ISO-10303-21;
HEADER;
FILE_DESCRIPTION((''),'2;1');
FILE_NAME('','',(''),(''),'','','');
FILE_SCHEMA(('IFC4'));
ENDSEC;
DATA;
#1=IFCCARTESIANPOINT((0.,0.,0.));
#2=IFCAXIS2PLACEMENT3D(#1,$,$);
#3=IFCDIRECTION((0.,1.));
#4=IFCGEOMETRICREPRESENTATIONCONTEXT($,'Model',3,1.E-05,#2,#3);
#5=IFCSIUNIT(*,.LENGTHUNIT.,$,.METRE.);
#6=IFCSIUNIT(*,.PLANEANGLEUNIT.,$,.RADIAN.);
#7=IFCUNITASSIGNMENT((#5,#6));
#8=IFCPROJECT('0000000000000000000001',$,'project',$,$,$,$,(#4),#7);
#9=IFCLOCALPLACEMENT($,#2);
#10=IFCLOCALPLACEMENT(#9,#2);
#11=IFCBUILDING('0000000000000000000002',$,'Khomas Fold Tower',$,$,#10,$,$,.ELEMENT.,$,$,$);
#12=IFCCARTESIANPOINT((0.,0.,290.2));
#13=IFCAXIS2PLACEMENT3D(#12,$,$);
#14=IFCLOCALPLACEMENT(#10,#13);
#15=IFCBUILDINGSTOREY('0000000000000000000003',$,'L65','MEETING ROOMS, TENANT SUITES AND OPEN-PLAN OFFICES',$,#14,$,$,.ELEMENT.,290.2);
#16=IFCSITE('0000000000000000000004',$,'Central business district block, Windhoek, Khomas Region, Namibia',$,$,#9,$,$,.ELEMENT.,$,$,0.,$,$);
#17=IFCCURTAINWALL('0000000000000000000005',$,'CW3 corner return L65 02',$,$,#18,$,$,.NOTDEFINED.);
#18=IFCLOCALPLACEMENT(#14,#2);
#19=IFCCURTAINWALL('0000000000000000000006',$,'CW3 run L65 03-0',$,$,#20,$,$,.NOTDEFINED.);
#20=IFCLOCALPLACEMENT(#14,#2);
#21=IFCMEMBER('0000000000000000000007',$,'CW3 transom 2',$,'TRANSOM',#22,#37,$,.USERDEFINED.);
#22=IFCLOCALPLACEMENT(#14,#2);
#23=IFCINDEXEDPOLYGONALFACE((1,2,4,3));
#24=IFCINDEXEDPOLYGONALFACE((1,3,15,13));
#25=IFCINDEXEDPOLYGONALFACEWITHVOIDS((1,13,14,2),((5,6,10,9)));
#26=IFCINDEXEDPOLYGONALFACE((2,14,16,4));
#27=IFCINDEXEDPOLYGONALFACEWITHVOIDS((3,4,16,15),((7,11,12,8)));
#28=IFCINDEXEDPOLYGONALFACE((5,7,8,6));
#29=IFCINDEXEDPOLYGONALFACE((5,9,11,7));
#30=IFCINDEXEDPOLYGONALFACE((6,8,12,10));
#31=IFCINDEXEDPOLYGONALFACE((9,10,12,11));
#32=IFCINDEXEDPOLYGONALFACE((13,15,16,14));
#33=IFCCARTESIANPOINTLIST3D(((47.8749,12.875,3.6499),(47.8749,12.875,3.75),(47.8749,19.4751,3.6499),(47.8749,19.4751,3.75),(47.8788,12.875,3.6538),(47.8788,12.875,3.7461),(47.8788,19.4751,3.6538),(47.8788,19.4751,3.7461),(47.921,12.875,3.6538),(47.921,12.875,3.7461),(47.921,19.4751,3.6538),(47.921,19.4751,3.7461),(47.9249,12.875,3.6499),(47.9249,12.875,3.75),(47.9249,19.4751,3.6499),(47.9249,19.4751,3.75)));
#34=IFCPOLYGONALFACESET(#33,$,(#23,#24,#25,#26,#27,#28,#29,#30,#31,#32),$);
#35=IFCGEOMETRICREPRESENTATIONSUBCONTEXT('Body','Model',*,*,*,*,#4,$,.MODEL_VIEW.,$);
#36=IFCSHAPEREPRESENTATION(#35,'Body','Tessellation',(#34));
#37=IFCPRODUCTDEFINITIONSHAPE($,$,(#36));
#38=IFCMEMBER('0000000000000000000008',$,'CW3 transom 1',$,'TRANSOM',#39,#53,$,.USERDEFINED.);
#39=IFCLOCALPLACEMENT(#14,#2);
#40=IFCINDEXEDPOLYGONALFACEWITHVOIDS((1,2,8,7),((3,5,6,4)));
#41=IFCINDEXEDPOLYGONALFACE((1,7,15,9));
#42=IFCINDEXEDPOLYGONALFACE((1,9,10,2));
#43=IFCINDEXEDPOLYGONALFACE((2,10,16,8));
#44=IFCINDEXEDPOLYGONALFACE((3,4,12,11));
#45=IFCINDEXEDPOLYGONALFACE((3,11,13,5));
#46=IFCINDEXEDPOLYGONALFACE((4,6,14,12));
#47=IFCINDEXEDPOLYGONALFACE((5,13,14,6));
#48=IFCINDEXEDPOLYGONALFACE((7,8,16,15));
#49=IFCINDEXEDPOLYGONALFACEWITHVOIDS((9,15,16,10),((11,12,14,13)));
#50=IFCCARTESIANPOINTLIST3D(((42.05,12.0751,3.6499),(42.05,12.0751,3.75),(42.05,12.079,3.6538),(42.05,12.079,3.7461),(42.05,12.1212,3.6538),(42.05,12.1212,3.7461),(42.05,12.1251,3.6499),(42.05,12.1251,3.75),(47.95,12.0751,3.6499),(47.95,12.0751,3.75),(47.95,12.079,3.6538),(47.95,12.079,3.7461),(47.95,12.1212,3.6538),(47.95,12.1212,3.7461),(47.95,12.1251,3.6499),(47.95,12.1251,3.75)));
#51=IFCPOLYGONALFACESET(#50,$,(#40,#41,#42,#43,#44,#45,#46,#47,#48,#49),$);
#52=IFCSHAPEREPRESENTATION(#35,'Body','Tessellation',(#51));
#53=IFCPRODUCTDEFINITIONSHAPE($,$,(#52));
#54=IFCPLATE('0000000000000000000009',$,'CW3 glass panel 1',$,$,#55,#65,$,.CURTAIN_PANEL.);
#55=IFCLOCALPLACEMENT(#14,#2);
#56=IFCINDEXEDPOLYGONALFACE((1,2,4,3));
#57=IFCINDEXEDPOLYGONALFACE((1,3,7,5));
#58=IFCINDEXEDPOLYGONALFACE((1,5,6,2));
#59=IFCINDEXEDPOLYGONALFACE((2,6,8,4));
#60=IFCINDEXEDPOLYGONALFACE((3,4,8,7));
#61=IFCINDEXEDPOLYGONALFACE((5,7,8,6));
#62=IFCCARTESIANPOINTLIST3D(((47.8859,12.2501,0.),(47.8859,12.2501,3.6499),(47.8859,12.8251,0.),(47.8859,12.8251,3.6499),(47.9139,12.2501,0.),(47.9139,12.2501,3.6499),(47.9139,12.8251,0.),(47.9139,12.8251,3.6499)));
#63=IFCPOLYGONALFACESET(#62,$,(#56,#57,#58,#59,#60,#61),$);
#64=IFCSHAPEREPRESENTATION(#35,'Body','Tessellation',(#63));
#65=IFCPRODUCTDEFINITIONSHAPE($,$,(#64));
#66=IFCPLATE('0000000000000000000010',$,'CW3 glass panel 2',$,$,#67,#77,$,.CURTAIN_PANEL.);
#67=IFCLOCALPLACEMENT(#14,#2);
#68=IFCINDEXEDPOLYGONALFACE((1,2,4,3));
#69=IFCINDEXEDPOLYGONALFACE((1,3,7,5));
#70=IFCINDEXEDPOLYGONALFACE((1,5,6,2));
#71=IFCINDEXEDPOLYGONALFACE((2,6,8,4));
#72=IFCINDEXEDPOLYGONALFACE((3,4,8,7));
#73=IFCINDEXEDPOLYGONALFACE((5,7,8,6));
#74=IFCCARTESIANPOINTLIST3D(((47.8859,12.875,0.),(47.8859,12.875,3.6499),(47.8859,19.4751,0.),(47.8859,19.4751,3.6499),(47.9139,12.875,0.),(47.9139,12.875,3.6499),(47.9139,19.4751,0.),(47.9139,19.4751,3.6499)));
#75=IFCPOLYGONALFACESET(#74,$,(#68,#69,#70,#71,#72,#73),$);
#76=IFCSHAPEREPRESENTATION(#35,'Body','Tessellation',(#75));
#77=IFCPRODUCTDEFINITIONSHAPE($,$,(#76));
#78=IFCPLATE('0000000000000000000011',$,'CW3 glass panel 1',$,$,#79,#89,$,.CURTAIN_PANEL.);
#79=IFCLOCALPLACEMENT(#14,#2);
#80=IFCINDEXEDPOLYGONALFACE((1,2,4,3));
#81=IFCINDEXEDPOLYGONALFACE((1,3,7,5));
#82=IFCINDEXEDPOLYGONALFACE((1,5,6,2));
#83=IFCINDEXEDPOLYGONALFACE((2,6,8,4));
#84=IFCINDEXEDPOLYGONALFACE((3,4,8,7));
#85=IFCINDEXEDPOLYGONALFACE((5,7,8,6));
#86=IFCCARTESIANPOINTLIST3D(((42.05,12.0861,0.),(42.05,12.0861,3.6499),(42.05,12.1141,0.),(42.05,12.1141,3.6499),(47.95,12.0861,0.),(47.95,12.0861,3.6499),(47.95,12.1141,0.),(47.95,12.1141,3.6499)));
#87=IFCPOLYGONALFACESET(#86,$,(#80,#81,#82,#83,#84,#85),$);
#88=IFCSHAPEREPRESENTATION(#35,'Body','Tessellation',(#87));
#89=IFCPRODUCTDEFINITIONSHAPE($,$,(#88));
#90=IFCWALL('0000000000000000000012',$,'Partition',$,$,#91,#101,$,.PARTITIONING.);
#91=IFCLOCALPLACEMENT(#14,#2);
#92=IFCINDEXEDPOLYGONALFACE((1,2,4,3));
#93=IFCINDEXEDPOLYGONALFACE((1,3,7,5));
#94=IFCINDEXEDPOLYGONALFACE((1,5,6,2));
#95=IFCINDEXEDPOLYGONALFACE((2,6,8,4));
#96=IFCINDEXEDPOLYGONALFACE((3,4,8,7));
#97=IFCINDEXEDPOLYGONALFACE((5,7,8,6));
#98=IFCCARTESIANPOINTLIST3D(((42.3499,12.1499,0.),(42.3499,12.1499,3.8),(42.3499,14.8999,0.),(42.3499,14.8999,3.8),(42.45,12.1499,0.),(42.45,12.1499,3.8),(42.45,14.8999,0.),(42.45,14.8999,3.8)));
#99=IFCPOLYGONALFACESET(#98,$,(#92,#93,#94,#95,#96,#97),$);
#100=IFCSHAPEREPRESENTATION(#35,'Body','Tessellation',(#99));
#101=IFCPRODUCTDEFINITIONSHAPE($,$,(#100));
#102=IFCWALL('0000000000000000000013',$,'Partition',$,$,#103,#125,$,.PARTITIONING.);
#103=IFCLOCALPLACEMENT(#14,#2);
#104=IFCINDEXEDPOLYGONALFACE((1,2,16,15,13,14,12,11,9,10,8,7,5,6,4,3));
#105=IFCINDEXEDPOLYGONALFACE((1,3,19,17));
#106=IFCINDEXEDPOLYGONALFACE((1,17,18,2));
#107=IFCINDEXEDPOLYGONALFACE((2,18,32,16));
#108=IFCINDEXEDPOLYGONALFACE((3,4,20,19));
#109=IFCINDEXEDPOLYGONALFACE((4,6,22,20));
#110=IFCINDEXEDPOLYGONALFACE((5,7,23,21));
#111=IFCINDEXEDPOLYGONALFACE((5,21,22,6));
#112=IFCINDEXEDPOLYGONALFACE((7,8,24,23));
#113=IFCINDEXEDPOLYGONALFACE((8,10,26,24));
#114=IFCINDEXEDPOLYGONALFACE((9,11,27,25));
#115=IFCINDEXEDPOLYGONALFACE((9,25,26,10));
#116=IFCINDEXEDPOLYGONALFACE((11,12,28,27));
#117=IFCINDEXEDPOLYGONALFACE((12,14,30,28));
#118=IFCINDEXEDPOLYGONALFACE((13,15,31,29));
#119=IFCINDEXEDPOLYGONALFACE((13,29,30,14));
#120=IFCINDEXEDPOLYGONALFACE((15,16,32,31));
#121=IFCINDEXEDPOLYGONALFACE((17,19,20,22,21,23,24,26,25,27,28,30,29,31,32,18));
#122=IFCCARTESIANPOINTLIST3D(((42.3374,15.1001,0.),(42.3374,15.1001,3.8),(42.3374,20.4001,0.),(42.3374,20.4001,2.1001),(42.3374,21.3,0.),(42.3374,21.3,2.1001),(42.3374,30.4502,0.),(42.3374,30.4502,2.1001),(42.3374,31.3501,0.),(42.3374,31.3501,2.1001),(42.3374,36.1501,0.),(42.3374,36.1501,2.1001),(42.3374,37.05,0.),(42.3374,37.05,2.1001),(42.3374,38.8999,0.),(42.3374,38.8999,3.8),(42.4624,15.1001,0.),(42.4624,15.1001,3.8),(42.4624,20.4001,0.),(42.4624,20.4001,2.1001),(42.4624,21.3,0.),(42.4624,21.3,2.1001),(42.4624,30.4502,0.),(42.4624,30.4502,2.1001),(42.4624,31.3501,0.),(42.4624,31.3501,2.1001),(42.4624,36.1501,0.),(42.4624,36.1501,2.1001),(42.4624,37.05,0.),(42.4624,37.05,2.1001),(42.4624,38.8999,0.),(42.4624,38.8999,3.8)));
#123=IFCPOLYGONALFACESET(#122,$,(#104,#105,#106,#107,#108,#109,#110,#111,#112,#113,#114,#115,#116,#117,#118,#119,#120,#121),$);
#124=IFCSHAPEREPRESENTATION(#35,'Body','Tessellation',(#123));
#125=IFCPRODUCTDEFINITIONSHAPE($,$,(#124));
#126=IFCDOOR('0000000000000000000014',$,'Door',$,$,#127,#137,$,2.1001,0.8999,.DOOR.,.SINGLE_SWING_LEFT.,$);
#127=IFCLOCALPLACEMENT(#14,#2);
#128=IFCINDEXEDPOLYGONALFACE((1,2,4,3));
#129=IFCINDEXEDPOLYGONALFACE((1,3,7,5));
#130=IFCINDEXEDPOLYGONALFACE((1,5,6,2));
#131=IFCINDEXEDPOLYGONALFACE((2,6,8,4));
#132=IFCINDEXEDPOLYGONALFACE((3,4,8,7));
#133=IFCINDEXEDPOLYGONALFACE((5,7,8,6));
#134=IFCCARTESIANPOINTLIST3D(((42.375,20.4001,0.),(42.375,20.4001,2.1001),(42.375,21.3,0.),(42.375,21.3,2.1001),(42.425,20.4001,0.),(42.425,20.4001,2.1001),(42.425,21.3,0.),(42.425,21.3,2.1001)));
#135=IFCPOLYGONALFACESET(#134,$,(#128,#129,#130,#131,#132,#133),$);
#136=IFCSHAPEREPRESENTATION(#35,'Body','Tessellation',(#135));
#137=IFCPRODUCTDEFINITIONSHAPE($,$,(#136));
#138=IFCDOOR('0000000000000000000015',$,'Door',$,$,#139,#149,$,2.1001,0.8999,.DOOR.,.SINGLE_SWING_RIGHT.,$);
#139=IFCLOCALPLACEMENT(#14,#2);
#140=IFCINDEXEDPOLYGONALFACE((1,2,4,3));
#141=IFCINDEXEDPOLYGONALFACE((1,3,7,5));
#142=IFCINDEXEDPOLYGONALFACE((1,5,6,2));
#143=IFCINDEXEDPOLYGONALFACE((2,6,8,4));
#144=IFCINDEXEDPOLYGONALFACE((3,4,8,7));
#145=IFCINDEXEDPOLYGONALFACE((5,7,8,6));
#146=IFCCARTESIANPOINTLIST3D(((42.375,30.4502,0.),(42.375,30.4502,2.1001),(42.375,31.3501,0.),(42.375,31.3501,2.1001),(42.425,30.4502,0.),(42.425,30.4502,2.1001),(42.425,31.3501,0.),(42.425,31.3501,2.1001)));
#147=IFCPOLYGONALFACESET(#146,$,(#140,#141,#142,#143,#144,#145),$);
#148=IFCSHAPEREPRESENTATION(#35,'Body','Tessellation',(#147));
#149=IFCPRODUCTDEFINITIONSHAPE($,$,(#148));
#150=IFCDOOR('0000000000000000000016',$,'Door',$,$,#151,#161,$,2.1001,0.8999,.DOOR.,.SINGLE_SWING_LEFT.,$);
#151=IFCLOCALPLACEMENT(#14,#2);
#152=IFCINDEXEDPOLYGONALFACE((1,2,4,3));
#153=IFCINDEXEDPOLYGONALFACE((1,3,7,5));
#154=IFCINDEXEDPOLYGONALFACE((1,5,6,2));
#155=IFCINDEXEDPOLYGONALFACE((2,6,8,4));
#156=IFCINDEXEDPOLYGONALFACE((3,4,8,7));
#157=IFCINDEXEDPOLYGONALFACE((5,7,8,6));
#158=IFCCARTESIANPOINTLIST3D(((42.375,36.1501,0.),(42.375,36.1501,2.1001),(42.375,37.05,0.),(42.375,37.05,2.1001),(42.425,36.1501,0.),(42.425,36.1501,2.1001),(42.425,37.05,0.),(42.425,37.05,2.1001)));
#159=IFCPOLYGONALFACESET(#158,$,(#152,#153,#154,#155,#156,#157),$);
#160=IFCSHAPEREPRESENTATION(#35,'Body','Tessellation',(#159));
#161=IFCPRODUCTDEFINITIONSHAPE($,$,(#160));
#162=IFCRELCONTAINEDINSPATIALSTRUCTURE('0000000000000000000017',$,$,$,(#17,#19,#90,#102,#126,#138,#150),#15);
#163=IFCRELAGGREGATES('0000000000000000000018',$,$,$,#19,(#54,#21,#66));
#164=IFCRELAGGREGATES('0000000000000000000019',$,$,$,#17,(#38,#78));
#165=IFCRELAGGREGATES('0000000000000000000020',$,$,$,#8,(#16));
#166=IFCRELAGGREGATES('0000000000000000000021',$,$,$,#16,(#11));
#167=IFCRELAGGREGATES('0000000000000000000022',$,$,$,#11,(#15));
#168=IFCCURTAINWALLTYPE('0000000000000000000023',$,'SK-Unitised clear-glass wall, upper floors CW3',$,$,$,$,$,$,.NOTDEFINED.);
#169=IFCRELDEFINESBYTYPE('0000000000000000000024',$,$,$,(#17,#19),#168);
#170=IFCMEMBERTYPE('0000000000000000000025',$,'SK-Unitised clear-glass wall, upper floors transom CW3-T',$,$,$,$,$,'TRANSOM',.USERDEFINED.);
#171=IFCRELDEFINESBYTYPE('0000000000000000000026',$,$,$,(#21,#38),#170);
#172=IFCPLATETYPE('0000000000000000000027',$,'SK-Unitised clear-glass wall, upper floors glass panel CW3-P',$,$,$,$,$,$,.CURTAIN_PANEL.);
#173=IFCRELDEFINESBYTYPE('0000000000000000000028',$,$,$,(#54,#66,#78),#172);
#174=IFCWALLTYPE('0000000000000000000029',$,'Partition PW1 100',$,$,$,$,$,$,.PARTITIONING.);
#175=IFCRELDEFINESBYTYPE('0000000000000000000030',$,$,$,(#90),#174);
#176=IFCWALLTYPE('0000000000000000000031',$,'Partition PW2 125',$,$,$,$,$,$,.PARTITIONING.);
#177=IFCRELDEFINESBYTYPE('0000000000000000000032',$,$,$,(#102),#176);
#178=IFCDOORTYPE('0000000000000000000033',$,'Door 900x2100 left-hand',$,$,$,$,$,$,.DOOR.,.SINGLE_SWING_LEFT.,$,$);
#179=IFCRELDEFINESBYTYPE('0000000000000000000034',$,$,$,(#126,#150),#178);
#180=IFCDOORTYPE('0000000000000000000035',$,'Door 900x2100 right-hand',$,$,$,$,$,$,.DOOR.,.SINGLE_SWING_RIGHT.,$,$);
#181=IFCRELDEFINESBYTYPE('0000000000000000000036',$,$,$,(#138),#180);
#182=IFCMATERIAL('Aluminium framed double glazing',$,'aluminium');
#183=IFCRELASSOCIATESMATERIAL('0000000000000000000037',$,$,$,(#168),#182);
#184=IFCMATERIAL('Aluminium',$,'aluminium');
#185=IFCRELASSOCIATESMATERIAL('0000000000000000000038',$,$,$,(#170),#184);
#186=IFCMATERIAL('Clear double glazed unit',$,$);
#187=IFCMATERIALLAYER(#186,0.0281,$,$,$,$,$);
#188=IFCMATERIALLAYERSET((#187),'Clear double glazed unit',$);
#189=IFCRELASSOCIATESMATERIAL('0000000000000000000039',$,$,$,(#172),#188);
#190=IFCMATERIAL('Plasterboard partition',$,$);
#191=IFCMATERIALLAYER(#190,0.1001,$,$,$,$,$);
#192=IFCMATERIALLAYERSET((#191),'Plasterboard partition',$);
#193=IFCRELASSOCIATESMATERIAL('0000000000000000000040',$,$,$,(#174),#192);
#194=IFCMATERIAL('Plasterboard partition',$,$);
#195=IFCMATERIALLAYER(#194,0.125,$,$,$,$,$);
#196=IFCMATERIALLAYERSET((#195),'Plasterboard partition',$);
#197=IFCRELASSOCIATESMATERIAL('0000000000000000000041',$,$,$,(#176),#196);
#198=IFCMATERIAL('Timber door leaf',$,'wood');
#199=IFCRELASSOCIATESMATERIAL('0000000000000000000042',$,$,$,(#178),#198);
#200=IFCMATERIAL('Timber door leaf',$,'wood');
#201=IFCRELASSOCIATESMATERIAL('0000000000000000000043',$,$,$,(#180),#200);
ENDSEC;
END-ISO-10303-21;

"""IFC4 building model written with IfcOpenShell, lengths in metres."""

from ifc_helpers import new_model, si_unit, direction, frame, frame_2d, origin, origin_2d, place, context, subcontext, project, spatial, rectangle, hollow_rectangle, extrude, source, transform, mapped, material, layer, layer_set, material_profile, profile_set, type_object, element, fill, aggregate, save


model = new_model("IFC4")

# Units and contexts
model_context = context("Model", 3, precision=1e-05, world=origin(), true_north=direction((0.0, 1.0)))
body_context = subcontext(model_context, "Body", "Model", "MODEL_VIEW")
ifc_project = project(units=[si_unit("LENGTHUNIT", "METRE"), si_unit("PLANEANGLEUNIT", "RADIAN")], contexts=[model_context])

# Site, building, storey
site_placement = place(None, origin())
site = spatial("IfcSite", under=ifc_project, at=site_placement, Name="Central business district block, Windhoek, Khomas Region, Namibia", CompositionType="ELEMENT", RefElevation=0.0)
building_placement = place(site_placement, origin())
building = spatial("IfcBuilding", under=site, at=building_placement, Name="Khomas Fold Tower", CompositionType="ELEMENT")
storey_placement = place(building_placement, frame((0.0, 0.0, 290.2)))
storey = spatial("IfcBuildingStorey", under=building, at=storey_placement, Name="L65", Description="MEETING ROOMS, TENANT SUITES AND OPEN-PLAN OFFICES", CompositionType="ELEMENT", Elevation=290.2)

# Shared definitions
ifc_material_1 = material(Name="Aluminium framed double glazing", Category="aluminium")
curtain_wall_type = type_object("IfcCurtainWallType", Name="SK-Unitised clear-glass wall, upper floors CW3", PredefinedType="NOTDEFINED", material=ifc_material_1)

# Curtain walls, member
curtain_wall_1_placement = place(storey_placement, origin())
curtain_wall_1 = element("IfcCurtainWall", 1, at=curtain_wall_1_placement, inside=storey, type_object=curtain_wall_type, Name="CW3 corner return L65 02", PredefinedType="NOTDEFINED")
curtain_wall_2_placement = place(storey_placement, origin())
curtain_wall_2 = element("IfcCurtainWall", 2, at=curtain_wall_2_placement, inside=storey, type_object=curtain_wall_type, Name="CW3 run L65 03-0", PredefinedType="NOTDEFINED")
ifc_material_2 = material(Name="Aluminium", Category="aluminium")
ifc_material_profile_1 = material_profile(ifc_material_2, hollow_rectangle(XDim=0.05, YDim=0.1001, WallThickness=0.0039, at=origin_2d()), Name="SK-Unitised clear-glass wall, upper floors transom CW3-T")
ifc_profile_set_1 = profile_set([ifc_material_profile_1], Name="Aluminium")
member_type_1 = type_object("IfcMemberType", Name="SK-Unitised clear-glass wall, upper floors transom CW3-T", ElementType="TRANSOM", PredefinedType="USERDEFINED", material=ifc_profile_set_1)
shared_shape_1 = source(origin(), body_context, "Body", "SweptSolid", [
    extrude(hollow_rectangle(XDim=0.05, YDim=0.1001, WallThickness=0.0039, at=origin_2d()), origin(), (0.0, 0.0, 1.0), 6.6001),
])
member_1_placement = place(storey_placement, frame((47.8999, 12.875, 3.7), z_axis=(0.0, 1.0, 0.0), x_axis=(-1.0, 0.0, 0.0)))
member_1 = element("IfcMember", 3, at=member_1_placement, type_object=member_type_1, Name="CW3 transom 2", ObjectType="TRANSOM", PredefinedType="USERDEFINED", context=body_context, shape_type="MappedRepresentation", body=[
    mapped(shared_shape_1, transform((0.0, 0.0, 0.0))),
])

# Member
shared_shape_2 = source(origin(), body_context, "Body", "SweptSolid", [
    extrude(hollow_rectangle(XDim=0.05, YDim=0.1001, WallThickness=0.0039, at=origin_2d()), origin(), (0.0, 0.0, 1.0), 5.8999),
])
member_2_placement = place(storey_placement, frame((42.05, 12.1001, 3.7), z_axis=(1.0, 0.0, 0.0), x_axis=(0.0, 1.0, 0.0)))
member_2 = element("IfcMember", 4, at=member_2_placement, type_object=member_type_1, Name="CW3 transom 1", ObjectType="TRANSOM", PredefinedType="USERDEFINED", context=body_context, shape_type="MappedRepresentation", body=[
    mapped(shared_shape_2, transform((0.0, 0.0, 0.0))),
])

# Plates
ifc_material_3 = material(Name="Clear double glazed unit")
ifc_layer_1 = layer(ifc_material_3, 0.0281)
ifc_layer_set_1 = layer_set([ifc_layer_1], Name="Clear double glazed unit")
plate_type = type_object("IfcPlateType", Name="SK-Unitised clear-glass wall, upper floors glass panel CW3-P", PredefinedType="CURTAIN_PANEL", material=ifc_layer_set_1)
shared_shape_3 = source(origin(), body_context, "Body", "SweptSolid", [
    extrude(rectangle(XDim=0.575, YDim=0.0281, at=origin_2d()), origin(), (0.0, 0.0, 1.0), 3.6499),
])
plate_1_placement = place(storey_placement, frame((47.8999, 12.5376, 0.0), z_axis=(0.0, 0.0, 1.0), x_axis=(0.0, 1.0, 0.0)))
plate_1 = element("IfcPlate", 5, at=plate_1_placement, type_object=plate_type, Name="CW3 glass panel 1", PredefinedType="CURTAIN_PANEL", context=body_context, shape_type="MappedRepresentation", body=[
    mapped(shared_shape_3, transform((0.0, 0.0, 0.0))),
])
shared_shape_4 = source(origin(), body_context, "Body", "SweptSolid", [
    extrude(rectangle(XDim=6.6001, YDim=0.0281, at=origin_2d()), origin(), (0.0, 0.0, 1.0), 3.6499),
])
plate_2_placement = place(storey_placement, frame((47.8999, 16.175, 0.0), z_axis=(0.0, 0.0, 1.0), x_axis=(0.0, 1.0, 0.0)))
plate_2 = element("IfcPlate", 6, at=plate_2_placement, type_object=plate_type, Name="CW3 glass panel 2", PredefinedType="CURTAIN_PANEL", context=body_context, shape_type="MappedRepresentation", body=[
    mapped(shared_shape_4, transform((0.0, 0.0, 0.0))),
])
aggregate(curtain_wall_2, [plate_1, member_1, plate_2])
shared_shape_5 = source(origin(), body_context, "Body", "SweptSolid", [
    extrude(rectangle(XDim=5.8999, YDim=0.0281, at=origin_2d()), origin(), (0.0, 0.0, 1.0), 3.6499),
])
plate_3_placement = place(storey_placement, frame((45.0, 12.1001, 0.0), z_axis=(0.0, 0.0, 1.0), x_axis=(1.0, 0.0, 0.0)))
plate_3 = element("IfcPlate", 7, at=plate_3_placement, type_object=plate_type, Name="CW3 glass panel 1", PredefinedType="CURTAIN_PANEL", context=body_context, shape_type="MappedRepresentation", body=[
    mapped(shared_shape_5, transform((0.0, 0.0, 0.0))),
])
aggregate(curtain_wall_1, [member_2, plate_3])

# Wall
ifc_material_4 = material(Name="Plasterboard partition")
ifc_layer_2 = layer(ifc_material_4, 0.1001)
ifc_layer_set_2 = layer_set([ifc_layer_2], Name="Plasterboard partition")
wall_type_1 = type_object("IfcWallType", Name="Partition PW1 100", PredefinedType="PARTITIONING", material=ifc_layer_set_2)
shared_shape_6 = source(origin(), body_context, "Body", "SweptSolid", [
    extrude(rectangle(XDim=2.75, YDim=0.1001, at=frame_2d((1.375, 0.0))), origin(), (0.0, 0.0, 1.0), 3.8),
])
wall_1_placement = place(storey_placement, frame((42.3999, 12.1499, 0.0), z_axis=(0.0, 0.0, 1.0), x_axis=(0.0, 1.0, 0.0)))
element("IfcWall", 8, at=wall_1_placement, inside=storey, type_object=wall_type_1, Name="Partition", PredefinedType="PARTITIONING", context=body_context, shape_type="MappedRepresentation", body=[
    mapped(shared_shape_6, transform((0.0, 0.0, 0.0))),
])

# Wall, openings, doors
ifc_material_5 = material(Name="Plasterboard partition")
ifc_layer_3 = layer(ifc_material_5, 0.125)
ifc_layer_set_3 = layer_set([ifc_layer_3], Name="Plasterboard partition")
wall_type_2 = type_object("IfcWallType", Name="Partition PW2 125", PredefinedType="PARTITIONING", material=ifc_layer_set_3)
shared_shape_7 = source(origin(), body_context, "Body", "SweptSolid", [
    extrude(rectangle(XDim=23.7998, YDim=0.125, at=frame_2d((11.8999, 0.0))), origin(), (0.0, 0.0, 1.0), 3.8),
])
wall_2_placement = place(storey_placement, frame((42.3999, 15.1001, 0.0), z_axis=(0.0, 0.0, 1.0), x_axis=(0.0, 1.0, 0.0)))
wall_2 = element("IfcWall", 9, at=wall_2_placement, inside=storey, type_object=wall_type_2, Name="Partition", PredefinedType="PARTITIONING", context=body_context, shape_type="MappedRepresentation", body=[
    mapped(shared_shape_7, transform((0.0, 0.0, 0.0))),
])
shared_shape_8 = source(origin(), body_context, "Body", "SweptSolid", [
    extrude(rectangle(XDim=0.8999, YDim=2.1001, at=frame_2d((0.45, 1.05))), frame((0.0, 0.0725, 0.0), z_axis=(0.0, -1.0, 0.0), x_axis=(1.0, 0.0, 0.0)), (0.0, 0.0, 1.0), 0.145),
])
opening_1_placement = place(wall_2_placement, frame((5.3, 0.0, 0.0)))
opening_1 = element("IfcOpeningElement", 10, at=opening_1_placement, cuts=wall_2, PredefinedType="OPENING", context=body_context, shape_type="MappedRepresentation", body=[
    mapped(shared_shape_8, transform((0.0, 0.0, 0.0))),
])
opening_2_placement = place(wall_2_placement, frame((15.3501, 0.0, 0.0)))
opening_2 = element("IfcOpeningElement", 11, at=opening_2_placement, cuts=wall_2, PredefinedType="OPENING", context=body_context, shape_type="MappedRepresentation", body=[
    mapped(shared_shape_8, transform((0.0, 0.0, 0.0))),
])
opening_3_placement = place(wall_2_placement, frame((21.05, 0.0, 0.0)))
opening_3 = element("IfcOpeningElement", 12, at=opening_3_placement, cuts=wall_2, PredefinedType="OPENING", context=body_context, shape_type="MappedRepresentation", body=[
    mapped(shared_shape_8, transform((0.0, 0.0, 0.0))),
])
ifc_material_6 = material(Name="Timber door leaf", Category="wood")
door_type_1 = type_object("IfcDoorType", Name="Door 900x2100 left-hand", OperationType="SINGLE_SWING_LEFT", PredefinedType="DOOR", material=ifc_material_6)
shared_shape_9 = source(origin(), body_context, "Body", "SweptSolid", [
    extrude(rectangle(XDim=0.8999, YDim=2.1001, at=frame_2d((0.45, 1.05))), frame((0.0, 0.0249, 0.0), z_axis=(0.0, -1.0, 0.0), x_axis=(1.0, 0.0, 0.0)), (0.0, 0.0, 1.0), 0.05),
])
door_1_placement = place(opening_1_placement, origin())
door_1 = element("IfcDoor", 13, at=door_1_placement, inside=storey, type_object=door_type_1, Name="Door", OperationType="SINGLE_SWING_LEFT", OverallHeight=2.1001, OverallWidth=0.8999, PredefinedType="DOOR", context=body_context, shape_type="MappedRepresentation", body=[
    mapped(shared_shape_9, transform((0.0, 0.0, 0.0))),
])
fill(opening_1, door_1)
ifc_material_7 = material(Name="Timber door leaf", Category="wood")
door_type_2 = type_object("IfcDoorType", Name="Door 900x2100 right-hand", OperationType="SINGLE_SWING_RIGHT", PredefinedType="DOOR", material=ifc_material_7)
door_2_placement = place(opening_2_placement, origin())
door_2 = element("IfcDoor", 14, at=door_2_placement, inside=storey, type_object=door_type_2, Name="Door", OperationType="SINGLE_SWING_RIGHT", OverallHeight=2.1001, OverallWidth=0.8999, PredefinedType="DOOR", context=body_context, shape_type="MappedRepresentation", body=[
    mapped(shared_shape_9, transform((0.0, 0.0, 0.0))),
])
fill(opening_2, door_2)
door_3_placement = place(opening_3_placement, origin())
door_3 = element("IfcDoor", 15, at=door_3_placement, inside=storey, type_object=door_type_1, Name="Door", OperationType="SINGLE_SWING_LEFT", OverallHeight=2.1001, OverallWidth=0.8999, PredefinedType="DOOR", context=body_context, shape_type="MappedRepresentation", body=[
    mapped(shared_shape_9, transform((0.0, 0.0, 0.0))),
])
fill(opening_3, door_3)

save(model, "model.ifc")
